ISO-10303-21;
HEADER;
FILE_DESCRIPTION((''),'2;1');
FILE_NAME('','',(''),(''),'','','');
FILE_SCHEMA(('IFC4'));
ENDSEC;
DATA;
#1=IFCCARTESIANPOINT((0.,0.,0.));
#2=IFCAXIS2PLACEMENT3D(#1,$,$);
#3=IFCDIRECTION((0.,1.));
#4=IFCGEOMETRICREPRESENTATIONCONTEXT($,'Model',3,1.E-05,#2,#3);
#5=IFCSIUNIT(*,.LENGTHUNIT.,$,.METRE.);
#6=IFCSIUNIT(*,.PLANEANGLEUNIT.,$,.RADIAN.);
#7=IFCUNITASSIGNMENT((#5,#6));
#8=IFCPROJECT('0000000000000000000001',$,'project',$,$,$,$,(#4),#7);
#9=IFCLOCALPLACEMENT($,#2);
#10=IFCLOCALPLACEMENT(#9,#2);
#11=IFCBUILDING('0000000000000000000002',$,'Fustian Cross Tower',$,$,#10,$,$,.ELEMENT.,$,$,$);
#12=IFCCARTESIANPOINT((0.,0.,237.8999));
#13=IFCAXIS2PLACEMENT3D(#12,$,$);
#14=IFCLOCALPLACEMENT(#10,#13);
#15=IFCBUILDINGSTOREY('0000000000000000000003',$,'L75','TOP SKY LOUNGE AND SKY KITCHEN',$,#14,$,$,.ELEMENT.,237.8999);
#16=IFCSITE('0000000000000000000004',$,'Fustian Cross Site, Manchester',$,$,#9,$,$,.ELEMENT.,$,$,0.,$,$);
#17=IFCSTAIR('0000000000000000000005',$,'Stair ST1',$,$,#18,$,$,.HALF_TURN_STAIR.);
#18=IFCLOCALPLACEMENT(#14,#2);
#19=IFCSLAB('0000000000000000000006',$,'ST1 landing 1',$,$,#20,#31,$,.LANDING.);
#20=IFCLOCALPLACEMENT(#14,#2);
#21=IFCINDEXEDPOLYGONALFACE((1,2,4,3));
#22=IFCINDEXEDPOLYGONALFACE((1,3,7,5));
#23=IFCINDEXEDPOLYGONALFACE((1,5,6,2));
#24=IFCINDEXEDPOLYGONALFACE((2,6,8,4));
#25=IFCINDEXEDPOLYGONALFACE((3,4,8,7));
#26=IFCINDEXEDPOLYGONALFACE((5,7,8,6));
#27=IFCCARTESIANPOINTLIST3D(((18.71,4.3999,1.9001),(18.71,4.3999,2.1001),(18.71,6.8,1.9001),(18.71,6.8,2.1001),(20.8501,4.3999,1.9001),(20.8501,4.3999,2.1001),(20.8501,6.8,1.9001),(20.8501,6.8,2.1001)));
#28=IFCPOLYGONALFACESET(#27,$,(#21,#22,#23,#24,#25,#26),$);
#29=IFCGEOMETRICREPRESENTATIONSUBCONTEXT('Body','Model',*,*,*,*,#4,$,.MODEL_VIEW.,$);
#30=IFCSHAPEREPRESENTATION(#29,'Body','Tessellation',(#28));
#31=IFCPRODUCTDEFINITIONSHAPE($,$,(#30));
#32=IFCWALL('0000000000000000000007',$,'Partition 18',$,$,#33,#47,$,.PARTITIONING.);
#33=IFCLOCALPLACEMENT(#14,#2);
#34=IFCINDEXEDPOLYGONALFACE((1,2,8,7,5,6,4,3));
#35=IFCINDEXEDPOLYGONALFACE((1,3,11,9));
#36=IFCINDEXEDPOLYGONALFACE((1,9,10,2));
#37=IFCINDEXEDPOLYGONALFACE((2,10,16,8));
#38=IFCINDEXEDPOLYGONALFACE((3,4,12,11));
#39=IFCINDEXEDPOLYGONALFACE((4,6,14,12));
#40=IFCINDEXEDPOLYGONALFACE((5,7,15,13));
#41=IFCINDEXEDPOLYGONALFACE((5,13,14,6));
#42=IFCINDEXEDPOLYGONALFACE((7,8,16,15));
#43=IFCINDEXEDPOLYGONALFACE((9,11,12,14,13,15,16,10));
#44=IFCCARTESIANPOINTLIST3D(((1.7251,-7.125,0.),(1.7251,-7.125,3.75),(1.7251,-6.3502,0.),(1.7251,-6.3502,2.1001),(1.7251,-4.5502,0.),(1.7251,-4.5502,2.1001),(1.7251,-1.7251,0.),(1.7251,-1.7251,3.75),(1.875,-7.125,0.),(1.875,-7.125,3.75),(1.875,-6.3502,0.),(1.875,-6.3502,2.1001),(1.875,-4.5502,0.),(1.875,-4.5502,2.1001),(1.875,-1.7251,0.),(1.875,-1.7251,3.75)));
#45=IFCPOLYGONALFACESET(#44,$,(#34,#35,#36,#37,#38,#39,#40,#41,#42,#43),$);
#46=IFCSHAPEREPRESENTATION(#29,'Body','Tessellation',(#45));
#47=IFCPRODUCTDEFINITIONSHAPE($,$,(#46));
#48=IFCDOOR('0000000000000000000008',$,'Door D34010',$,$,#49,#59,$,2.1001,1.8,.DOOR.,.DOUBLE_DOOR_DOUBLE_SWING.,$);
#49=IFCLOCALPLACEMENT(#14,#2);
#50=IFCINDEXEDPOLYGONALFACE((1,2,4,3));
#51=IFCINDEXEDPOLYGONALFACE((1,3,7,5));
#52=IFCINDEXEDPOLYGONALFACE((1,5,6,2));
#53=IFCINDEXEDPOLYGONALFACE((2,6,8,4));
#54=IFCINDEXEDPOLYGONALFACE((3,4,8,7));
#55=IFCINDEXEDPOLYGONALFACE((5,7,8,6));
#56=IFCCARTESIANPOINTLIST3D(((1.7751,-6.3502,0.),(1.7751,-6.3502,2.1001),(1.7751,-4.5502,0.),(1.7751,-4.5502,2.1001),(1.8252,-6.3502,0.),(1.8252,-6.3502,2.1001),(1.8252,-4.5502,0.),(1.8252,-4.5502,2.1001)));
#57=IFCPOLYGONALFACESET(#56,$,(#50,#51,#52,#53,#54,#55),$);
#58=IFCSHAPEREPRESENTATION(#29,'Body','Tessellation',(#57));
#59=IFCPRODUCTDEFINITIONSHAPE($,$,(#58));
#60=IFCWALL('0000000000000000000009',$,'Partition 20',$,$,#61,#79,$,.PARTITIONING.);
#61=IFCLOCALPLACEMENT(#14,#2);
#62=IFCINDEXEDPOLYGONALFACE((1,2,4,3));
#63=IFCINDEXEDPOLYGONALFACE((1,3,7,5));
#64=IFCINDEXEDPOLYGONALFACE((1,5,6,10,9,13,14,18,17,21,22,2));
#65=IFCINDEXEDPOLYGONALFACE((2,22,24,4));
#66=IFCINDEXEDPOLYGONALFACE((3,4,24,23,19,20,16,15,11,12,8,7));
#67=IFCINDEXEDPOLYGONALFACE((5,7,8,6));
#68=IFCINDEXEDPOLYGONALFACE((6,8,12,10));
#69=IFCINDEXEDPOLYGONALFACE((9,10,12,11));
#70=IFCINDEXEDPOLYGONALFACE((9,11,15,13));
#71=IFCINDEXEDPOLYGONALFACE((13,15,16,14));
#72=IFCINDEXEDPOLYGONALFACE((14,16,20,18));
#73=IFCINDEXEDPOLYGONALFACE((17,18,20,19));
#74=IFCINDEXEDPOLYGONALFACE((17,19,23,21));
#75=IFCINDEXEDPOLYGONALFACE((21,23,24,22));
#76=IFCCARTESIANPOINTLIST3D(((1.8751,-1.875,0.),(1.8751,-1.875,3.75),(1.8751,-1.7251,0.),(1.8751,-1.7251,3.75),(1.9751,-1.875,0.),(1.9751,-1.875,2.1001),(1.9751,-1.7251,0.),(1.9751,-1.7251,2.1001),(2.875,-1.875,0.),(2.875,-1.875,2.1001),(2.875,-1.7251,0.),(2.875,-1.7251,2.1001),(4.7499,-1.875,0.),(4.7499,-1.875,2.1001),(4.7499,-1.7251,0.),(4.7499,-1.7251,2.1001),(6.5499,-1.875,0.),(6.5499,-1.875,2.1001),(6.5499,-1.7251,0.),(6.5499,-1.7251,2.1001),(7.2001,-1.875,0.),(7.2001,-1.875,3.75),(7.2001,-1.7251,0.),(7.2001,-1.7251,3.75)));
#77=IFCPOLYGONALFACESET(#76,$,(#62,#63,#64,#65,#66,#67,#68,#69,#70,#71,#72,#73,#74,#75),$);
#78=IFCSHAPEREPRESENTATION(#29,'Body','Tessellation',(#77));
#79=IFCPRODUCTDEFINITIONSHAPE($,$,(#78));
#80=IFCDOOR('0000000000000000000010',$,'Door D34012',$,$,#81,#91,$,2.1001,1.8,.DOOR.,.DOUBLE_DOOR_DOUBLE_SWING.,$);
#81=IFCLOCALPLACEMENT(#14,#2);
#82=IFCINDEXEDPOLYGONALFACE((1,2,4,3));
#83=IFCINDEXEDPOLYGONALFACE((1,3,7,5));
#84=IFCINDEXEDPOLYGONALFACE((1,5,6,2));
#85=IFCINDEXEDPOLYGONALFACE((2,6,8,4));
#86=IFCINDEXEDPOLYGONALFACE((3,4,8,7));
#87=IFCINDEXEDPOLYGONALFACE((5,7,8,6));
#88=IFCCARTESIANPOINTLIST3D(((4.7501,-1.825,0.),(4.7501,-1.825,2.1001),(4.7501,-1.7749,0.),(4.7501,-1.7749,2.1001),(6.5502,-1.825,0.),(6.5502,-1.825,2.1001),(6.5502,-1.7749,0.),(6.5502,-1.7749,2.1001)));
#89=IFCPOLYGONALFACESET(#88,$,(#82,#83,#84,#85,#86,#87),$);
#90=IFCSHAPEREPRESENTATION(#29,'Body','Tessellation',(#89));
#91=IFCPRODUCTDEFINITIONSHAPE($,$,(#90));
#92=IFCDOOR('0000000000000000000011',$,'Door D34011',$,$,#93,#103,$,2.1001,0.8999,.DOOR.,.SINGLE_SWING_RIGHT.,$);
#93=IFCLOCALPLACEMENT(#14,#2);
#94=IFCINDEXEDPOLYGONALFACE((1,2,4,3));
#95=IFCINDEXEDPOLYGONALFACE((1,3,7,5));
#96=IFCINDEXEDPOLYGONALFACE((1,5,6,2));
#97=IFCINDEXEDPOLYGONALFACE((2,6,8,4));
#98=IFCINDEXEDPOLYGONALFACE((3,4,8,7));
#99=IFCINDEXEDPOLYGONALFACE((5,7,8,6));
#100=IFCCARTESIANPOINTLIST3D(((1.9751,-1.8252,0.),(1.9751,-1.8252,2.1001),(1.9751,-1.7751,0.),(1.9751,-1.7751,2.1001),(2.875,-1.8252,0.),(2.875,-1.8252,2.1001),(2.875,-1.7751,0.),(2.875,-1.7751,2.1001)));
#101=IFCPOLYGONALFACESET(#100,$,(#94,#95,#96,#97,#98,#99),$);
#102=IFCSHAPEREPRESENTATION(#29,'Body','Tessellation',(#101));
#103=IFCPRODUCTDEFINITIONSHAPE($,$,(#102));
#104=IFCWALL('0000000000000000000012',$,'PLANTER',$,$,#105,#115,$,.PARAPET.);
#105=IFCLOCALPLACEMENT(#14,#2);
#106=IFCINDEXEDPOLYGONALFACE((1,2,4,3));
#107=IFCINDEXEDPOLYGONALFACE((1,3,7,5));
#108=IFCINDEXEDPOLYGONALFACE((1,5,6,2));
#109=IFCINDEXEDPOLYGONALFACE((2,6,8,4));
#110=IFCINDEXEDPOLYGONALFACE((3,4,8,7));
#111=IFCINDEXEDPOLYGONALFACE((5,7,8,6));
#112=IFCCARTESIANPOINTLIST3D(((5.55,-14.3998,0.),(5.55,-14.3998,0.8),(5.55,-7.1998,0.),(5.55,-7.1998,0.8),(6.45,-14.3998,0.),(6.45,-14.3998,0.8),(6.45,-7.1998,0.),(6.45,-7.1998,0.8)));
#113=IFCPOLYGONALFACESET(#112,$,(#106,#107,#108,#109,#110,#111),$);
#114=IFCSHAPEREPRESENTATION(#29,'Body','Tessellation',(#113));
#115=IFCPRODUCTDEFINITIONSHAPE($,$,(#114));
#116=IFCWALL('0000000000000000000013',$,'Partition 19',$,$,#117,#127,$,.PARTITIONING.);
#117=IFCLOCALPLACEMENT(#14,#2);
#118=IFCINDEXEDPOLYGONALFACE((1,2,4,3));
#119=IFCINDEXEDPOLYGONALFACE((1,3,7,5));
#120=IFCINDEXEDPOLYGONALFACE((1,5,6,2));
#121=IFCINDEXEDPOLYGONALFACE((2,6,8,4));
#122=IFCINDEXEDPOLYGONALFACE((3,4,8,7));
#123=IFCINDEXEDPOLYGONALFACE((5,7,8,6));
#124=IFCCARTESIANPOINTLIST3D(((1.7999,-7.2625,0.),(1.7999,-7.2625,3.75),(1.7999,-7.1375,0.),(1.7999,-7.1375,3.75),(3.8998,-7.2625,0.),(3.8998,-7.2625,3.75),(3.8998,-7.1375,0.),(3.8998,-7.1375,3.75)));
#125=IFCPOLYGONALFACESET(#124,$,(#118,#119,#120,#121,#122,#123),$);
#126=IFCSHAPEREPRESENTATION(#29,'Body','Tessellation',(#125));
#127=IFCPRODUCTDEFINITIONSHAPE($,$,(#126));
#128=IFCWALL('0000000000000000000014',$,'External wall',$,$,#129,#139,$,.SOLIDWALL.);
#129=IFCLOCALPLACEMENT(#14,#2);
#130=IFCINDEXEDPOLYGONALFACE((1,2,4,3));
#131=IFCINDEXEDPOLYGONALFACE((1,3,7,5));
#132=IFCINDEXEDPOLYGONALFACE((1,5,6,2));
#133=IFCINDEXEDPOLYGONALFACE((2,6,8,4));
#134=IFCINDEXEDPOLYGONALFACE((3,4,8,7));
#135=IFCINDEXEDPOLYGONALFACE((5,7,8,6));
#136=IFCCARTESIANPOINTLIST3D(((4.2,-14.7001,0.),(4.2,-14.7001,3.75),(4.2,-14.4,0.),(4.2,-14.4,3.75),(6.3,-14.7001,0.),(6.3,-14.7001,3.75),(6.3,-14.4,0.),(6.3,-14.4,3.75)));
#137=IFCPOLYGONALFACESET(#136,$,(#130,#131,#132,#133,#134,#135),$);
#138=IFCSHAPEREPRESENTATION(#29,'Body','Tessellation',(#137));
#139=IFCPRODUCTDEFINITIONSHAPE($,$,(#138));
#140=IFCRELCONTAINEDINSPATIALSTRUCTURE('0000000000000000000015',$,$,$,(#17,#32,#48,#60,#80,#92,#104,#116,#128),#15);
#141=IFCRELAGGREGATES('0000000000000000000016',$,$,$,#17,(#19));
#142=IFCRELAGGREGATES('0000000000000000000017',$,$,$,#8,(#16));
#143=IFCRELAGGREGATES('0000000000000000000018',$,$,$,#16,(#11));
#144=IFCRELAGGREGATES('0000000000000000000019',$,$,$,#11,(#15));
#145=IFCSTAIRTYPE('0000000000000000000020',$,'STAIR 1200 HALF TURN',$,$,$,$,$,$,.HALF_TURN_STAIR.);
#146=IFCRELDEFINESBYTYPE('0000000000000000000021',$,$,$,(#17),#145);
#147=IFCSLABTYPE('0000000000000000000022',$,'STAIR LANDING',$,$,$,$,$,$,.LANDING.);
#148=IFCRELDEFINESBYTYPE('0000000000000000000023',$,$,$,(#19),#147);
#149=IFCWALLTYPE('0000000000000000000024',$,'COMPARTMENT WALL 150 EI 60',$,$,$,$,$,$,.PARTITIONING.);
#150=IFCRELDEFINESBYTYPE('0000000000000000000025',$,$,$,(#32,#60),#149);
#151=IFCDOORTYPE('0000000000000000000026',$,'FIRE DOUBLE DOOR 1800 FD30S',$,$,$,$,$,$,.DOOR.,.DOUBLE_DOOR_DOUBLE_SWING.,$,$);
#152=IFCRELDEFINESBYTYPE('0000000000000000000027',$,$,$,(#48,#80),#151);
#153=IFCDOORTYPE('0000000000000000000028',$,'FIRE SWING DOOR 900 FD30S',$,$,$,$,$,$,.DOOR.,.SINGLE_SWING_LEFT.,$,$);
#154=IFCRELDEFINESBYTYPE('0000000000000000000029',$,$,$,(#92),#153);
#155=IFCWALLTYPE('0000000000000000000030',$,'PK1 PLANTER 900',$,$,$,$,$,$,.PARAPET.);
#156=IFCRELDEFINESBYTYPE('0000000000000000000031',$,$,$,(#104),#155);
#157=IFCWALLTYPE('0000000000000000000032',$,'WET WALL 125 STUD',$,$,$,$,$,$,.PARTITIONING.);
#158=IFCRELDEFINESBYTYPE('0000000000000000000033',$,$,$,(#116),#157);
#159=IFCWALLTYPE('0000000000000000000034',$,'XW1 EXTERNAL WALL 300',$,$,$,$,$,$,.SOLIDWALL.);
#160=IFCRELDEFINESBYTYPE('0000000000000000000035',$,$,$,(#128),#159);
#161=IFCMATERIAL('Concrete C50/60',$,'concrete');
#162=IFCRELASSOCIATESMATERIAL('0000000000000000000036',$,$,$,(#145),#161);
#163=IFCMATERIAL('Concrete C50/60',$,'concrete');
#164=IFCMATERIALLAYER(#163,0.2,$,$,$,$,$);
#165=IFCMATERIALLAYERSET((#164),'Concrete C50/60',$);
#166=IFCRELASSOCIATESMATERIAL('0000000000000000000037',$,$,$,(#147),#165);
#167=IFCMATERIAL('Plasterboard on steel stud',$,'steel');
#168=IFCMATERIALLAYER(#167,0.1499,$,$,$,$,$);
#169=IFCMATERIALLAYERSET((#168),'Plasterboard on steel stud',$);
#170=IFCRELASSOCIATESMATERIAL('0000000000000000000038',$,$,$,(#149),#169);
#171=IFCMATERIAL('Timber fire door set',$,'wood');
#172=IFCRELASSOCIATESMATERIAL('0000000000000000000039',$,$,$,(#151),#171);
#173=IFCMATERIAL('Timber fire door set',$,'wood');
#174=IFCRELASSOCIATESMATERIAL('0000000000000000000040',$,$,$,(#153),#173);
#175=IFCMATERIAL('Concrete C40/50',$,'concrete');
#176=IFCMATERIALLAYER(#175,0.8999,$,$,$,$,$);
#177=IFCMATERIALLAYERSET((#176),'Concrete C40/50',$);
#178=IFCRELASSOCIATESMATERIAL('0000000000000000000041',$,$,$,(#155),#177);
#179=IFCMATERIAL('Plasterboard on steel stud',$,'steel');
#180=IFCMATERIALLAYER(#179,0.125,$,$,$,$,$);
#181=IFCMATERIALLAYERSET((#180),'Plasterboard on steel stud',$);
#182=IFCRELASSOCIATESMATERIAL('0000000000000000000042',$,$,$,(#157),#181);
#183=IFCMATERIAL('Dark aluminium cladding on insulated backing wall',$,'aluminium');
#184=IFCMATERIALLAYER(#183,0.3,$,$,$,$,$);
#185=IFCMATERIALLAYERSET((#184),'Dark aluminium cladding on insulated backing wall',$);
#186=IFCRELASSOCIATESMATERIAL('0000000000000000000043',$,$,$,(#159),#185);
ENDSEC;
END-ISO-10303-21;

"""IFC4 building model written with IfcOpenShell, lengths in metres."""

from ifc_helpers import new_model, si_unit, direction, frame, frame_2d, origin, place, context, subcontext, project, spatial, polyline, rectangle, outline, extrude, material, layer, layer_set, type_object, element, fill, aggregate, save


model = new_model("IFC4")

# Units and contexts
model_context = context("Model", 3, precision=1e-05, world=origin(), true_north=direction((0.0, 1.0)))
body_context = subcontext(model_context, "Body", "Model", "MODEL_VIEW")
ifc_project = project(units=[si_unit("LENGTHUNIT", "METRE"), si_unit("PLANEANGLEUNIT", "RADIAN")], contexts=[model_context])

# Site, building, storey
site_placement = place(None, origin())
site = spatial("IfcSite", under=ifc_project, at=site_placement, Name="Fustian Cross Site, Manchester", CompositionType="ELEMENT", RefElevation=0.0)
building_placement = place(site_placement, origin())
building = spatial("IfcBuilding", under=site, at=building_placement, Name="Fustian Cross Tower", CompositionType="ELEMENT")
storey_placement = place(building_placement, frame((0.0, 0.0, 237.8999)))
storey = spatial("IfcBuildingStorey", under=building, at=storey_placement, Name="L75", Description="TOP SKY LOUNGE AND SKY KITCHEN", CompositionType="ELEMENT", Elevation=237.8999)

# Stair, slab
ifc_material_1 = material(Name="Concrete C50/60", Category="concrete")
stair_type = type_object("IfcStairType", Name="STAIR 1200 HALF TURN", PredefinedType="HALF_TURN_STAIR", material=ifc_material_1)
stair_placement = place(storey_placement, origin())
stair = element("IfcStair", 1, at=stair_placement, inside=storey, type_object=stair_type, Name="Stair ST1", PredefinedType="HALF_TURN_STAIR")
ifc_material_2 = material(Name="Concrete C50/60", Category="concrete")
ifc_layer_1 = layer(ifc_material_2, 0.2)
ifc_layer_set_1 = layer_set([ifc_layer_1], Name="Concrete C50/60")
slab_type_1 = type_object("IfcSlabType", Name="STAIR LANDING", PredefinedType="LANDING", material=ifc_layer_set_1)
slab_1_placement = place(storey_placement, frame((0.0, 0.0, 1.9001)))
slab_1 = element("IfcSlab", 2, at=slab_1_placement, type_object=slab_type_1, Name="ST1 landing 1", PredefinedType="LANDING", context=body_context, shape_type="SweptSolid", body=[
    extrude(outline(polyline([(18.71, 4.3999), (20.8501, 4.3999), (20.8501, 6.8), (18.71, 6.8), (18.71, 4.3999)])), origin(), (0.0, 0.0, 1.0), 0.2),
])
aggregate(stair, [slab_1])

# Wall, opening, door
ifc_material_3 = material(Name="Plasterboard on steel stud", Category="steel")
ifc_layer_2 = layer(ifc_material_3, 0.1499)
ifc_layer_set_2 = layer_set([ifc_layer_2], Name="Plasterboard on steel stud")
wall_type_1 = type_object("IfcWallType", Name="COMPARTMENT WALL 150 EI 60", PredefinedType="PARTITIONING", material=ifc_layer_set_2)
wall_1_placement = place(storey_placement, frame((1.8, -7.125, 0.0), z_axis=(0.0, 0.0, 1.0), x_axis=(0.0, 1.0, 0.0)))
wall_1 = element("IfcWall", 3, at=wall_1_placement, inside=storey, type_object=wall_type_1, Name="Partition 18", PredefinedType="PARTITIONING", context=body_context, shape_type="SweptSolid", body=[
    extrude(rectangle(XDim=5.3999, YDim=0.1499, at=frame_2d((2.7, 0.0))), origin(), (0.0, 0.0, 1.0), 3.75),
])
opening_1_placement = place(wall_1_placement, frame((0.7749, 0.0, 0.0)))
opening_1 = element("IfcOpeningElement", 4, at=opening_1_placement, cuts=wall_1, PredefinedType="OPENING", context=body_context, shape_type="SweptSolid", body=[
    extrude(rectangle(XDim=1.8, YDim=2.1001, at=frame_2d((0.8999, 1.05))), frame((0.0, 0.085, 0.0), z_axis=(0.0, -1.0, 0.0), x_axis=(1.0, 0.0, 0.0)), (0.0, 0.0, 1.0), 0.1699),
])
ifc_material_4 = material(Name="Timber fire door set", Category="wood")
door_type_1 = type_object("IfcDoorType", Name="FIRE DOUBLE DOOR 1800 FD30S", OperationType="DOUBLE_DOOR_DOUBLE_SWING", PredefinedType="DOOR", material=ifc_material_4)
door_1_placement = place(opening_1_placement, origin())
door_1 = element("IfcDoor", 5, at=door_1_placement, inside=storey, type_object=door_type_1, Name="Door D34010", OperationType="DOUBLE_DOOR_DOUBLE_SWING", OverallHeight=2.1001, OverallWidth=1.8, PredefinedType="DOOR", context=body_context, shape_type="SweptSolid", body=[
    extrude(rectangle(XDim=1.8, YDim=2.1001, at=frame_2d((0.8999, 1.05))), frame((0.0, 0.0249, 0.0), z_axis=(0.0, -1.0, 0.0), x_axis=(1.0, 0.0, 0.0)), (0.0, 0.0, 1.0), 0.05),
])
fill(opening_1, door_1)

# Wall, openings, doors
wall_2_placement = place(storey_placement, frame((1.875, -1.8, 0.0), z_axis=(0.0, 0.0, 1.0), x_axis=(1.0, 0.0, 0.0)))
wall_2 = element("IfcWall", 6, at=wall_2_placement, inside=storey, type_object=wall_type_1, Name="Partition 20", PredefinedType="PARTITIONING", context=body_context, shape_type="SweptSolid", body=[
    extrude(rectangle(XDim=5.325, YDim=0.1499, at=frame_2d((2.6626, 0.0))), origin(), (0.0, 0.0, 1.0), 3.75),
])
opening_2_placement = place(wall_2_placement, frame((0.1001, 0.0, 0.0)))
opening_2 = element("IfcOpeningElement", 7, at=opening_2_placement, cuts=wall_2, PredefinedType="OPENING", context=body_context, shape_type="SweptSolid", body=[
    extrude(rectangle(XDim=0.8999, YDim=2.1001, at=frame_2d((0.45, 1.05))), frame((0.0, 0.085, 0.0), z_axis=(0.0, -1.0, 0.0), x_axis=(1.0, 0.0, 0.0)), (0.0, 0.0, 1.0), 0.1699),
])
opening_3_placement = place(wall_2_placement, frame((2.875, 0.0, 0.0)))
opening_3 = element("IfcOpeningElement", 8, at=opening_3_placement, cuts=wall_2, PredefinedType="OPENING", context=body_context, shape_type="SweptSolid", body=[
    extrude(rectangle(XDim=1.8, YDim=2.1001, at=frame_2d((0.8999, 1.05))), frame((0.0, 0.085, 0.0), z_axis=(0.0, -1.0, 0.0), x_axis=(1.0, 0.0, 0.0)), (0.0, 0.0, 1.0), 0.1699),
])
door_2_placement = place(opening_3_placement, frame((1.8, 0.0, 0.0), z_axis=(0.0, 0.0, 1.0), x_axis=(-1.0, 0.0, 0.0)))
door_2 = element("IfcDoor", 9, at=door_2_placement, inside=storey, type_object=door_type_1, Name="Door D34012", OperationType="DOUBLE_DOOR_DOUBLE_SWING", OverallHeight=2.1001, OverallWidth=1.8, PredefinedType="DOOR", context=body_context, shape_type="SweptSolid", body=[
    extrude(rectangle(XDim=1.8, YDim=2.1001, at=frame_2d((0.8999, 1.05))), frame((0.0, 0.0249, 0.0), z_axis=(0.0, -1.0, 0.0), x_axis=(1.0, 0.0, 0.0)), (0.0, 0.0, 1.0), 0.05),
])
fill(opening_3, door_2)
ifc_material_5 = material(Name="Timber fire door set", Category="wood")
door_type_2 = type_object("IfcDoorType", Name="FIRE SWING DOOR 900 FD30S", OperationType="SINGLE_SWING_LEFT", PredefinedType="DOOR", material=ifc_material_5)
door_3_placement = place(opening_2_placement, origin())
door_3 = element("IfcDoor", 10, at=door_3_placement, inside=storey, type_object=door_type_2, Name="Door D34011", OperationType="SINGLE_SWING_RIGHT", OverallHeight=2.1001, OverallWidth=0.8999, PredefinedType="DOOR", context=body_context, shape_type="SweptSolid", body=[
    extrude(rectangle(XDim=0.8999, YDim=2.1001, at=frame_2d((0.45, 1.05))), frame((0.0, 0.0249, 0.0), z_axis=(0.0, -1.0, 0.0), x_axis=(1.0, 0.0, 0.0)), (0.0, 0.0, 1.0), 0.05),
])
fill(opening_2, door_3)

# Walls
ifc_material_6 = material(Name="Concrete C40/50", Category="concrete")
ifc_layer_3 = layer(ifc_material_6, 0.8999)
ifc_layer_set_3 = layer_set([ifc_layer_3], Name="Concrete C40/50")
wall_type_2 = type_object("IfcWallType", Name="PK1 PLANTER 900", PredefinedType="PARAPET", material=ifc_layer_set_3)
wall_3_placement = place(storey_placement, frame((6.0, -14.3999, 0.0), z_axis=(0.0, 0.0, 1.0), x_axis=(0.0, 1.0, 0.0)))
element("IfcWall", 11, at=wall_3_placement, inside=storey, type_object=wall_type_2, Name="PLANTER", PredefinedType="PARAPET", context=body_context, shape_type="SweptSolid", body=[
    extrude(rectangle(XDim=7.2, YDim=0.8999, at=frame_2d((3.6001, 0.0))), origin(), (0.0, 0.0, 1.0), 0.8),
])
ifc_material_7 = material(Name="Plasterboard on steel stud", Category="steel")
ifc_layer_4 = layer(ifc_material_7, 0.125)
ifc_layer_set_4 = layer_set([ifc_layer_4], Name="Plasterboard on steel stud")
wall_type_3 = type_object("IfcWallType", Name="WET WALL 125 STUD", PredefinedType="PARTITIONING", material=ifc_layer_set_4)
wall_4_placement = place(storey_placement, frame((1.8, -7.2, 0.0), z_axis=(0.0, 0.0, 1.0), x_axis=(1.0, 0.0, 0.0)))
element("IfcWall", 12, at=wall_4_placement, inside=storey, type_object=wall_type_3, Name="Partition 19", PredefinedType="PARTITIONING", context=body_context, shape_type="SweptSolid", body=[
    extrude(rectangle(XDim=2.0999, YDim=0.125, at=frame_2d((1.0498, 0.0))), origin(), (0.0, 0.0, 1.0), 3.75),
])
ifc_material_8 = material(Name="Dark aluminium cladding on insulated backing wall", Category="aluminium")
ifc_layer_5 = layer(ifc_material_8, 0.3)
ifc_layer_set_5 = layer_set([ifc_layer_5], Name="Dark aluminium cladding on insulated backing wall")
wall_type_4 = type_object("IfcWallType", Name="XW1 EXTERNAL WALL 300", PredefinedType="SOLIDWALL", material=ifc_layer_set_5)
wall_5_placement = place(storey_placement, frame((6.3, -14.55, 0.0), z_axis=(0.0, 0.0, 1.0), x_axis=(-1.0, 0.0, 0.0)))
element("IfcWall", 13, at=wall_5_placement, inside=storey, type_object=wall_type_4, Name="External wall", PredefinedType="SOLIDWALL", context=body_context, shape_type="SweptSolid", body=[
    extrude(rectangle(XDim=2.1001, YDim=0.3, at=frame_2d((1.05, 0.0))), origin(), (0.0, 0.0, 1.0), 3.75),
])

save(model, "model.ifc")
